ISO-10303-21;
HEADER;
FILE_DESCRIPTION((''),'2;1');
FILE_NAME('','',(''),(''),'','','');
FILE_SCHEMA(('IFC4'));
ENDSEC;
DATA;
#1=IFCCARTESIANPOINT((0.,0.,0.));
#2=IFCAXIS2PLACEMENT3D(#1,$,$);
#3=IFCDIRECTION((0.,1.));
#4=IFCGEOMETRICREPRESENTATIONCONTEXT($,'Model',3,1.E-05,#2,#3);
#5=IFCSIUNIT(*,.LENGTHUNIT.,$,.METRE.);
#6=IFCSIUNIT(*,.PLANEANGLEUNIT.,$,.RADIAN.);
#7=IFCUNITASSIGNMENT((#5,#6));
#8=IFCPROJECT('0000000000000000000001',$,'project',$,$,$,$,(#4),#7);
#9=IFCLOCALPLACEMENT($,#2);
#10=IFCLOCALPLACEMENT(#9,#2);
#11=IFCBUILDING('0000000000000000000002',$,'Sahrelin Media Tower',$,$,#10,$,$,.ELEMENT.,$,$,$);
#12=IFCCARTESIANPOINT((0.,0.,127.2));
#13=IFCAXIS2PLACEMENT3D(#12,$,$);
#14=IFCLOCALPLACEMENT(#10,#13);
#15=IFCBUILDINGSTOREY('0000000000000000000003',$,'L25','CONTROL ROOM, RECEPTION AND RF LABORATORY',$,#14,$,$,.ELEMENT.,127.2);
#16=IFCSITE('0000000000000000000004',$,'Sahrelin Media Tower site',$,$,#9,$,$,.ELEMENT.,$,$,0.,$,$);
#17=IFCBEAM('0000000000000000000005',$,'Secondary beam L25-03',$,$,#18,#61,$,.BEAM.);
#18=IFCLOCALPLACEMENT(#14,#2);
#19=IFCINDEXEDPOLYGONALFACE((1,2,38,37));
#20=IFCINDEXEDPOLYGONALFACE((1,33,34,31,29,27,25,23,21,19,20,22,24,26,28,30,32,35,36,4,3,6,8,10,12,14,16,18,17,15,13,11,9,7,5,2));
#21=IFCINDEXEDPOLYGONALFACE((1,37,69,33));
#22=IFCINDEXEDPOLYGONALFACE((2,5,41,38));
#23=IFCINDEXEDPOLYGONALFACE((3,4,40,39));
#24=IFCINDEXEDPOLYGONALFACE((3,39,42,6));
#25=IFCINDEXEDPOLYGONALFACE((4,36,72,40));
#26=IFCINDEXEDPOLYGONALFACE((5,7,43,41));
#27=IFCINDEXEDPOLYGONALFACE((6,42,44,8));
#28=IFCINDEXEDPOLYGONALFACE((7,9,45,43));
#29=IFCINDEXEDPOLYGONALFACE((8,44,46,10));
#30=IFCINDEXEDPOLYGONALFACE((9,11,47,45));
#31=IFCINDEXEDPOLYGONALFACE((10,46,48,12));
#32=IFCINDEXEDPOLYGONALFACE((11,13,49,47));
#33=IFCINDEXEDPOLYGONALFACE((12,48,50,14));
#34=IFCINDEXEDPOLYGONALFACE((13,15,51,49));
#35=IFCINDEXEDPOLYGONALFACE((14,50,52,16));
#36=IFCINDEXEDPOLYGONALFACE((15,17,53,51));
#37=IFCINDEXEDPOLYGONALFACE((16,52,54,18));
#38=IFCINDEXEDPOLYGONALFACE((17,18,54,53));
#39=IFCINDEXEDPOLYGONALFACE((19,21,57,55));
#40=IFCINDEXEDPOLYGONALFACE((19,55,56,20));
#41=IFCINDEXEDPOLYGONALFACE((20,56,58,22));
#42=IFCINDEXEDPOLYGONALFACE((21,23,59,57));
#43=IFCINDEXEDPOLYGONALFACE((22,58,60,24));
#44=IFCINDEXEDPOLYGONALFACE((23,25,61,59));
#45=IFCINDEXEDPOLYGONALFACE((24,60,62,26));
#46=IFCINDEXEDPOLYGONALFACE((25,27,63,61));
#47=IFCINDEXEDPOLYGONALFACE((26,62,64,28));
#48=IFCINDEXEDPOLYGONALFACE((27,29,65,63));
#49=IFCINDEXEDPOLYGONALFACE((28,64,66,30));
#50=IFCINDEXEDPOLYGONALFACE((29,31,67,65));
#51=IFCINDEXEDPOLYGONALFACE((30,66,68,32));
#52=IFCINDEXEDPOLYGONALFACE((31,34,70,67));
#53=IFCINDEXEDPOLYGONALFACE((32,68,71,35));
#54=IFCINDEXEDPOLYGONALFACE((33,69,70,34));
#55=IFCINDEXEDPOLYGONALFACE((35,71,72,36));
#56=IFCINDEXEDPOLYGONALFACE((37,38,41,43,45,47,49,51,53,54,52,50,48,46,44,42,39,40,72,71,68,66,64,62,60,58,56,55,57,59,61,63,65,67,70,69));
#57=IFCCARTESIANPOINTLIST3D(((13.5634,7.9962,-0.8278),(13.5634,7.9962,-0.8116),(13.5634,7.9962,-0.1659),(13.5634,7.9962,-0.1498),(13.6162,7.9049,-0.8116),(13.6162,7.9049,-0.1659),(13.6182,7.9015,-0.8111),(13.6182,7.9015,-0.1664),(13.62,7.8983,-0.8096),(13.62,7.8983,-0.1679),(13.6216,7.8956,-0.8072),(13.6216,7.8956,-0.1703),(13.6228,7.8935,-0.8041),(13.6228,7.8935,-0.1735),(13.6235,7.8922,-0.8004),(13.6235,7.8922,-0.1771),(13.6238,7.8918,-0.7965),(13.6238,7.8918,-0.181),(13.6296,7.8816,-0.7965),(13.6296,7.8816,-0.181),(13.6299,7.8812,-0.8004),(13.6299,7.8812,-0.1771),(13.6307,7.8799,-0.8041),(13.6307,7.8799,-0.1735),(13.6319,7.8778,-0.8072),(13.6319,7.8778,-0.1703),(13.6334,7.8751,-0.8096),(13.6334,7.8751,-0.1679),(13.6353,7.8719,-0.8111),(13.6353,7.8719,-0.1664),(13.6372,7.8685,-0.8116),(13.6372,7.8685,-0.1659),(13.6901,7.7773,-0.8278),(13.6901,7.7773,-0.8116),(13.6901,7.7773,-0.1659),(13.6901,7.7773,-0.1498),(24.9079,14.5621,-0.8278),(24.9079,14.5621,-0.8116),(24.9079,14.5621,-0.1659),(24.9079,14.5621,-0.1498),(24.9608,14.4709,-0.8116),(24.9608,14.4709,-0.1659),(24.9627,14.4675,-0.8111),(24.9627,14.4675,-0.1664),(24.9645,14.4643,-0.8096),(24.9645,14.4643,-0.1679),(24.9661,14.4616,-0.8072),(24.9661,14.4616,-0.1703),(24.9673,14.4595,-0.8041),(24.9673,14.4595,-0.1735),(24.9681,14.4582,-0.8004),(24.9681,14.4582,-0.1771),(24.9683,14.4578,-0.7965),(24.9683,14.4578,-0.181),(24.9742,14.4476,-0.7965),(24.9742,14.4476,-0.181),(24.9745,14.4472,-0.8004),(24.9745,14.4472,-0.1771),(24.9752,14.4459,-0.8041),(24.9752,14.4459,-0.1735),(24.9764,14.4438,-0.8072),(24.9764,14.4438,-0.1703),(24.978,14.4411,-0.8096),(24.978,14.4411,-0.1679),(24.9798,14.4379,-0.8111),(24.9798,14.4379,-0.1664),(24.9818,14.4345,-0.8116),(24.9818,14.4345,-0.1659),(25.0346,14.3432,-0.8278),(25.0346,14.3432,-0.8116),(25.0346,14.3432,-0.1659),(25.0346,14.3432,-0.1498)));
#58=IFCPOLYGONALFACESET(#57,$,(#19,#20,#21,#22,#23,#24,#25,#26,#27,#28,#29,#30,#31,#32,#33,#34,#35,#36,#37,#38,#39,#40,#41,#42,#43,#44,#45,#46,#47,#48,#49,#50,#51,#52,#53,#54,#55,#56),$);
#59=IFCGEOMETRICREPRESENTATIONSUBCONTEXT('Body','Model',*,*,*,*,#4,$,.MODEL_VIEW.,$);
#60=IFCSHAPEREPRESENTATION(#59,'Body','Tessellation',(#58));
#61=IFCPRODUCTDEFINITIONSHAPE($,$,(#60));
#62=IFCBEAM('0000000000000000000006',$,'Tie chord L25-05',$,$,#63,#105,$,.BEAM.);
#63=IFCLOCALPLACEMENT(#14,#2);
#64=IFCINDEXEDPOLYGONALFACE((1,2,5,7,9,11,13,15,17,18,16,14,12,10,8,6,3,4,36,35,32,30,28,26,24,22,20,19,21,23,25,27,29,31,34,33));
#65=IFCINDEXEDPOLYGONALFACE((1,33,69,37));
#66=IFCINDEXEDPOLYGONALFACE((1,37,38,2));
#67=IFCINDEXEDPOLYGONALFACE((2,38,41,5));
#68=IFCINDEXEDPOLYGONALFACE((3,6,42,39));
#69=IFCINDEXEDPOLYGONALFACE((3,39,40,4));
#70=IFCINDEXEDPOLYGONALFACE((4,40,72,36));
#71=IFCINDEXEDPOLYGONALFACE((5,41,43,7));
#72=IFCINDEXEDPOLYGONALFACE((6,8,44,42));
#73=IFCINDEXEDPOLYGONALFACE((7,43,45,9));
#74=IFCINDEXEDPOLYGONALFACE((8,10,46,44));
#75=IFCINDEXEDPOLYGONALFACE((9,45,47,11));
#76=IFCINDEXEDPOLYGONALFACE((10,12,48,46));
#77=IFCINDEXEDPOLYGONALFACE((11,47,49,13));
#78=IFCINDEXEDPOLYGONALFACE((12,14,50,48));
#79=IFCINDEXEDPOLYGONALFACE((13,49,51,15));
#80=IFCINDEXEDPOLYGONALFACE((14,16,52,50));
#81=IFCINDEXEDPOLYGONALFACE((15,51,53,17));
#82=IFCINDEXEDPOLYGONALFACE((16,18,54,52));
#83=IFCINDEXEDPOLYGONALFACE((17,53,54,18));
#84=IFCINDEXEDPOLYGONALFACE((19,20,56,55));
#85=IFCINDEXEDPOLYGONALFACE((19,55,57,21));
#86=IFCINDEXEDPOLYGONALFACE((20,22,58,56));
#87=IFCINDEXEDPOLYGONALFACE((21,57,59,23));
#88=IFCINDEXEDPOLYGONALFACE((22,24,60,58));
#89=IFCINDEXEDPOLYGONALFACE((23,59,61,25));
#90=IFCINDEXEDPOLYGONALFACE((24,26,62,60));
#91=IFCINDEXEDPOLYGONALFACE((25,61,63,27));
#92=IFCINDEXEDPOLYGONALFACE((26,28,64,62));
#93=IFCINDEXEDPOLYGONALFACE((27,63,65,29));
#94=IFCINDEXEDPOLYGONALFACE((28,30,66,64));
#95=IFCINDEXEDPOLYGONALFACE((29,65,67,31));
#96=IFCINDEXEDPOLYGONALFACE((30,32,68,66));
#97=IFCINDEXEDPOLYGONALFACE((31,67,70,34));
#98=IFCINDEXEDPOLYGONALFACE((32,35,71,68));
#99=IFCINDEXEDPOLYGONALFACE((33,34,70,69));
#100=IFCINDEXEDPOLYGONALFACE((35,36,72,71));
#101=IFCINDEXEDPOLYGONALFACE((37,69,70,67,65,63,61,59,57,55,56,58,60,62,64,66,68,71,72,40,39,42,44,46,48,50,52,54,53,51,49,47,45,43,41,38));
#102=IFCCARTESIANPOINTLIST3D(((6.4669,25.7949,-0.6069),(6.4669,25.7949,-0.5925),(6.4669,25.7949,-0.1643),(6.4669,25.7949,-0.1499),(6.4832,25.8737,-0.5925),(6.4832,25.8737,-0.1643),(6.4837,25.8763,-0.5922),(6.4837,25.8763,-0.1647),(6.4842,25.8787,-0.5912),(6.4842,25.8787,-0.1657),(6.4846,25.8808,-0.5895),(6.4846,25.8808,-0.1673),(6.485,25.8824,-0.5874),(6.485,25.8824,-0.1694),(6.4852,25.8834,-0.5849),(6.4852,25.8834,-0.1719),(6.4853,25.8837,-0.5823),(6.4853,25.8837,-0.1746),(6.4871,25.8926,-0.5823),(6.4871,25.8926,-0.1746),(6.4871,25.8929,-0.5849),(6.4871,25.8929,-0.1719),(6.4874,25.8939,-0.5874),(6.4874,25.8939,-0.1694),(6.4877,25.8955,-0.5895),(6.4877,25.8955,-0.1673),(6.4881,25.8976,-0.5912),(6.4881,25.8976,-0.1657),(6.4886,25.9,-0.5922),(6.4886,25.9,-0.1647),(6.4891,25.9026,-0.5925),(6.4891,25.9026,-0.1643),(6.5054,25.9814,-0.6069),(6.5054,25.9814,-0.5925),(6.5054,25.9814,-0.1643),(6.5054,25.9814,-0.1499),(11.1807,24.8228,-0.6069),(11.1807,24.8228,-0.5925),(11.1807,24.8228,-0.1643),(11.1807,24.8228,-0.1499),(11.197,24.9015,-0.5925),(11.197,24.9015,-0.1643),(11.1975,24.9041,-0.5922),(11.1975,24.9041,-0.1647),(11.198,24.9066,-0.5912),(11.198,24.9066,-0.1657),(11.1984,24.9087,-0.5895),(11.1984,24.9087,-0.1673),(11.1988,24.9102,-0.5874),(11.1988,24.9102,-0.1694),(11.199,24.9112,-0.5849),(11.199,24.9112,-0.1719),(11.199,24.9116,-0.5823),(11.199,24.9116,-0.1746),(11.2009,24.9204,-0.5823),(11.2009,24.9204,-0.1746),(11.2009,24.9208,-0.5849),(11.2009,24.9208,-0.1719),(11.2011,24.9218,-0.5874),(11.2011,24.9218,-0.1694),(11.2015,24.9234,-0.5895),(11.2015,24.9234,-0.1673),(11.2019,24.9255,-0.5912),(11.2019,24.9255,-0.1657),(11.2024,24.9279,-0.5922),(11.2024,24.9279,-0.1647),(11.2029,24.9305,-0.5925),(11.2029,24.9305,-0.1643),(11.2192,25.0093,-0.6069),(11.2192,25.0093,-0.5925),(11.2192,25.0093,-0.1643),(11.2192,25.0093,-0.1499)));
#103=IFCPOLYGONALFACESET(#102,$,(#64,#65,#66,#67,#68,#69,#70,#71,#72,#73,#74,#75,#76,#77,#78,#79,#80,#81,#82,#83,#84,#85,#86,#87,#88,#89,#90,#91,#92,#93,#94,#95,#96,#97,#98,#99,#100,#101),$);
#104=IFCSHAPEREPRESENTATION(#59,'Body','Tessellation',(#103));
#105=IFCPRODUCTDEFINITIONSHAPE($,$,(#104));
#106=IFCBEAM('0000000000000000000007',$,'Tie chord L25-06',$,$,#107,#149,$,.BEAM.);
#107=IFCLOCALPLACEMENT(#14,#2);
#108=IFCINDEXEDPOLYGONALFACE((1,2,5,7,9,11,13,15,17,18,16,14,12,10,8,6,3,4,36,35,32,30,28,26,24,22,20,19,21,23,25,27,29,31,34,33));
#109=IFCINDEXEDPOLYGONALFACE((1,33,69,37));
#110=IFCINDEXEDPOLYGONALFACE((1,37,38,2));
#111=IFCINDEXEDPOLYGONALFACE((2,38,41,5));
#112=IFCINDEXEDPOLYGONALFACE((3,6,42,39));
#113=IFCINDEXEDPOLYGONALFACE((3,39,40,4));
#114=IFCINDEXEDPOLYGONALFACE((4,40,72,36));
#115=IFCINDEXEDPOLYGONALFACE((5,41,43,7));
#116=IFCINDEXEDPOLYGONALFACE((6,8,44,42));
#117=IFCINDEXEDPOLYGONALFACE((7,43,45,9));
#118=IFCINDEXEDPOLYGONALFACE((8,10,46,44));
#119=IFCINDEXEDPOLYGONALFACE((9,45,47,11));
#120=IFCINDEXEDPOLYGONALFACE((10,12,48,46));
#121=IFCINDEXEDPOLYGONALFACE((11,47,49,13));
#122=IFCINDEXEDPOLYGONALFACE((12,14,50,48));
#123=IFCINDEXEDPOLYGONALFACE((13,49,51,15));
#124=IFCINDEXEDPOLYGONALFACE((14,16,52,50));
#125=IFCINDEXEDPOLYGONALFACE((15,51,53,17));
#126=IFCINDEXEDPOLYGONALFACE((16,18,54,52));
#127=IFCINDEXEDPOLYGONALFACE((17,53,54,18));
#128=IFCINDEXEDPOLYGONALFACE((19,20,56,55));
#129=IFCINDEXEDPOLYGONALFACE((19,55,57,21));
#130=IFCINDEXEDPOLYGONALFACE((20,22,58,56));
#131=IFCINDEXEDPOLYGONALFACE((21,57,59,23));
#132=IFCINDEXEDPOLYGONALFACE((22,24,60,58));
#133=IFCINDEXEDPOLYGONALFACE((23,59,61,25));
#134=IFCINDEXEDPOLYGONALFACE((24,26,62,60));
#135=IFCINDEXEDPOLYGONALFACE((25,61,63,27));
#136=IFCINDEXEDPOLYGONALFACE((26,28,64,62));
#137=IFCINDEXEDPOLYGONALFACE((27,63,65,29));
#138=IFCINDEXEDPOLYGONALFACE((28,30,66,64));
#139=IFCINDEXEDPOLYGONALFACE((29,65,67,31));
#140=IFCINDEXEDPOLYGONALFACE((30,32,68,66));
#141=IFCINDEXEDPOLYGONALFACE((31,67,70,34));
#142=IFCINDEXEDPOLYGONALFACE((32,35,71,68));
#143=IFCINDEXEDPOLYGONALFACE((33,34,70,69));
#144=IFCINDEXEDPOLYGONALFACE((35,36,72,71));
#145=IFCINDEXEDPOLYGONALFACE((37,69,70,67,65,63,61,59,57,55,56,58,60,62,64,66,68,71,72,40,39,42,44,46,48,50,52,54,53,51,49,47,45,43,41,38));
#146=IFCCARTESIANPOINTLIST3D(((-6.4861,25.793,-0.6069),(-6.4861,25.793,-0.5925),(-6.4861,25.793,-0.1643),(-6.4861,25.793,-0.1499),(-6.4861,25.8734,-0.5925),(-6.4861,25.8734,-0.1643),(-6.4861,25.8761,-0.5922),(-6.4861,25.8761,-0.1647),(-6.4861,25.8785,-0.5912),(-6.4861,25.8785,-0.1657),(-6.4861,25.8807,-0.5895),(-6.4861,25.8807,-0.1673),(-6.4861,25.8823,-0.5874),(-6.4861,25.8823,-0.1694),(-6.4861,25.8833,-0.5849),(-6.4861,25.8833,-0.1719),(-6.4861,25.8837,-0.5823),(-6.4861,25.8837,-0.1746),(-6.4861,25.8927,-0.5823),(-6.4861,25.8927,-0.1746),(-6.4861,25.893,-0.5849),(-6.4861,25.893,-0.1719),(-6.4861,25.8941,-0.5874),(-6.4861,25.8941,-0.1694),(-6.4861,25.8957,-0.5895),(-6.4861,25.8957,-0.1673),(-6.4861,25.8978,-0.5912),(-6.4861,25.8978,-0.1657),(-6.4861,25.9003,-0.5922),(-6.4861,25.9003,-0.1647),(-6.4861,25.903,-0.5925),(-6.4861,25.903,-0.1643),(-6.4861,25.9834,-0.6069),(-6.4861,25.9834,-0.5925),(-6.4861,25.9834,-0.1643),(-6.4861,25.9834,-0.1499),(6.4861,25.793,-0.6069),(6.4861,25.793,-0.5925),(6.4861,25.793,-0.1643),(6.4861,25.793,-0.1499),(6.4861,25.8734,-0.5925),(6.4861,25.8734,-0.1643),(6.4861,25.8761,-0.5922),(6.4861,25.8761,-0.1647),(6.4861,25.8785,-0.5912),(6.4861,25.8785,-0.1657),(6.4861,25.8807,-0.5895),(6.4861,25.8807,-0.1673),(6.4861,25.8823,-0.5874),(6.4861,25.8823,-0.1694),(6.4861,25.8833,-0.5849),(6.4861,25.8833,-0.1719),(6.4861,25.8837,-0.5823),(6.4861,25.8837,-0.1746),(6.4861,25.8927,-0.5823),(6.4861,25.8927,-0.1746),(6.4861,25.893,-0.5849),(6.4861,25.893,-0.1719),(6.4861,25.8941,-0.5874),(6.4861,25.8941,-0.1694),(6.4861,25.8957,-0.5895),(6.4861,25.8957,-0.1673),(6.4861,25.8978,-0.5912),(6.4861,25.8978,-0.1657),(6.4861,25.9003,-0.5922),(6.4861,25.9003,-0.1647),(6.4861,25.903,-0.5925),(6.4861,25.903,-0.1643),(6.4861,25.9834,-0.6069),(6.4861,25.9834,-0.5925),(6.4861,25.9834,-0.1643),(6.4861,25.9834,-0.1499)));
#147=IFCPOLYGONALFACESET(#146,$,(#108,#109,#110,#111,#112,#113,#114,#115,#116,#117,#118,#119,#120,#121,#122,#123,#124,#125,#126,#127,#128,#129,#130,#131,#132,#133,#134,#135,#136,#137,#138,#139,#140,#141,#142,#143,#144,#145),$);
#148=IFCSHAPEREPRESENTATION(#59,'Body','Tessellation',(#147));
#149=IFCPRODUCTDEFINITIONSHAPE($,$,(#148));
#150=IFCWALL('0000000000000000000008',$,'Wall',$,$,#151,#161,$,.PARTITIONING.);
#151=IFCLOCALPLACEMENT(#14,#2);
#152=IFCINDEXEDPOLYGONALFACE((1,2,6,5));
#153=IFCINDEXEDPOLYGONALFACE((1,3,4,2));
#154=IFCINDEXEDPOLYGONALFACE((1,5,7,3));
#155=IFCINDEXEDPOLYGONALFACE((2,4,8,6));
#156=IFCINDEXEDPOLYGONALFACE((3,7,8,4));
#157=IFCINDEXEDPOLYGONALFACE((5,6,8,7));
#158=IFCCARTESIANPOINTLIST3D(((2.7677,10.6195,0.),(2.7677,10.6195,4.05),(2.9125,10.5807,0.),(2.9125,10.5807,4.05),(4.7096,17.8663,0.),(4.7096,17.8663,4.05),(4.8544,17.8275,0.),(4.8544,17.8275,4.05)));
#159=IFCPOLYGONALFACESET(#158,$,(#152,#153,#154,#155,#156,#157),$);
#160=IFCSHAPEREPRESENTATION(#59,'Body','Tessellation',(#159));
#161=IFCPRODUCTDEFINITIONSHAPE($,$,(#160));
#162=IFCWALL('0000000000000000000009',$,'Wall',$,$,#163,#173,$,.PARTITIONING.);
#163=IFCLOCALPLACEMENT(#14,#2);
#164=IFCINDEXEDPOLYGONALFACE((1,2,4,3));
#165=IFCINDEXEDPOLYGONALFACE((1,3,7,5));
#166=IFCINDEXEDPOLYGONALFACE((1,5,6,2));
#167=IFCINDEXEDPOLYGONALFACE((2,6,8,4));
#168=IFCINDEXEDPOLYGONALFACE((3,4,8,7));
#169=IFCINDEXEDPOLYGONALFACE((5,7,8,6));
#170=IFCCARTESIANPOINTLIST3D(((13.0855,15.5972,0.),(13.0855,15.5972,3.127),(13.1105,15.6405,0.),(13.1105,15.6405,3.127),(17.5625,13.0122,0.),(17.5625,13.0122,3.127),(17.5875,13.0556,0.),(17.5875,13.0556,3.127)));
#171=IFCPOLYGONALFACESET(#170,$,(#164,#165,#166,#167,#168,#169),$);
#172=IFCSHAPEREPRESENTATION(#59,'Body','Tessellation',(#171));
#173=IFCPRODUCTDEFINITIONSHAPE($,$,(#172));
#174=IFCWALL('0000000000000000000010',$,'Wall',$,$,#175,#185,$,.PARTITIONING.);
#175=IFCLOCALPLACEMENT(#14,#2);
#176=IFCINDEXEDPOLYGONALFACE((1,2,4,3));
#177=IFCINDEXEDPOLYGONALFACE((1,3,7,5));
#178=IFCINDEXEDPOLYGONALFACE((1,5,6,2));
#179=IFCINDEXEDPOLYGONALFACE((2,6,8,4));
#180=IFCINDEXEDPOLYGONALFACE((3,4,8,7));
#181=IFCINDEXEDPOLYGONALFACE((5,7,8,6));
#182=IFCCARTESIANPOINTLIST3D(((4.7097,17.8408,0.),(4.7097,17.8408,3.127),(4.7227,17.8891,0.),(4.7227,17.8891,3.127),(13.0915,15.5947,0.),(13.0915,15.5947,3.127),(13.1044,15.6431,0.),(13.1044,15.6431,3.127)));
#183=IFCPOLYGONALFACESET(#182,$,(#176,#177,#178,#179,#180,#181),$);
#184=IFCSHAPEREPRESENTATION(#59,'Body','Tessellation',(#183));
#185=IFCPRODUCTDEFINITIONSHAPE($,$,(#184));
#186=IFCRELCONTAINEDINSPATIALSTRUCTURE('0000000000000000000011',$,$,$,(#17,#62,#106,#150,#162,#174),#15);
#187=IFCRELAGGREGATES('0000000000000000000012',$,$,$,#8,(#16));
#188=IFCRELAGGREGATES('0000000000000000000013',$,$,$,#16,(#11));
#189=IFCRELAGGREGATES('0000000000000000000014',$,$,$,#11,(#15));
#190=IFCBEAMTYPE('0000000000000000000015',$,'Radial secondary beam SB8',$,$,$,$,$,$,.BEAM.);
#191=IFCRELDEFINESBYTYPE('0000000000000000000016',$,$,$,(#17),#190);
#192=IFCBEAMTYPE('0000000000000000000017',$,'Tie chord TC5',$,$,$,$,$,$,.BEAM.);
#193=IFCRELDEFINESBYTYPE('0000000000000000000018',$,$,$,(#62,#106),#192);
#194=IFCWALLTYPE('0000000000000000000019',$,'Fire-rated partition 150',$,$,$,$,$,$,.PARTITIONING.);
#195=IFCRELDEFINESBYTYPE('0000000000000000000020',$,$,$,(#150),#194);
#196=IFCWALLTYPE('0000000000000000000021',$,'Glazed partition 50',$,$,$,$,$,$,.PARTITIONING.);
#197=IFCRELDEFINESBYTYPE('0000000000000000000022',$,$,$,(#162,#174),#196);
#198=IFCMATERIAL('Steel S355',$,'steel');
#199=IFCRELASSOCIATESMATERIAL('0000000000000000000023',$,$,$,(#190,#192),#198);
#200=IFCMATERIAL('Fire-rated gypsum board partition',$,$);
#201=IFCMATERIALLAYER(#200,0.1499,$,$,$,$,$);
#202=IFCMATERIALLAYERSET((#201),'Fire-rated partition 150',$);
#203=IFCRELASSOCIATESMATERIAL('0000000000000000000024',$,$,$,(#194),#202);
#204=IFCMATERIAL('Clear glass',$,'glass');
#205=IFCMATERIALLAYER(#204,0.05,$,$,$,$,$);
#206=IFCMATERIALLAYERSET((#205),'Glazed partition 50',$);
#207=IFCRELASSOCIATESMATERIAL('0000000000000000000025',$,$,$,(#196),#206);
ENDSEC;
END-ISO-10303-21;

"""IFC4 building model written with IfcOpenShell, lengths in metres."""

from ifc_helpers import new_model, si_unit, direction, frame, frame_2d, origin, origin_2d, place, context, subcontext, project, spatial, rectangle, i_section, extrude, material, layer, layer_set, material_profile, profile_set, type_object, element, save


model = new_model("IFC4")

# Units and contexts
model_context = context("Model", 3, precision=1e-05, world=origin(), true_north=direction((0.0, 1.0)))
body_context = subcontext(model_context, "Body", "Model", "MODEL_VIEW")
ifc_project = project(units=[si_unit("LENGTHUNIT", "METRE"), si_unit("PLANEANGLEUNIT", "RADIAN")], contexts=[model_context])

# Site, building, storey
site_placement = place(None, origin())
site = spatial("IfcSite", under=ifc_project, at=site_placement, Name="Sahrelin Media Tower site", CompositionType="ELEMENT", RefElevation=0.0)
building_placement = place(site_placement, origin())
building = spatial("IfcBuilding", under=site, at=building_placement, Name="Sahrelin Media Tower", CompositionType="ELEMENT")
storey_placement = place(building_placement, frame((0.0, 0.0, 127.2)))
storey = spatial("IfcBuildingStorey", under=building, at=storey_placement, Name="L25", Description="CONTROL ROOM, RECEPTION AND RF LABORATORY", CompositionType="ELEMENT", Elevation=127.2)

# Beams
ifc_material_1 = material(Name="Steel S355", Category="steel")
ifc_material_profile_1 = material_profile(ifc_material_1, i_section(OverallWidth=0.2529, OverallDepth=0.678, WebThickness=0.0117, FlangeThickness=0.0161, FilletRadius=0.0151, at=origin_2d()), Name="UB 686x254x125")
ifc_profile_set_1 = profile_set([ifc_material_profile_1], Name="Steel S355")
beam_type_1 = type_object("IfcBeamType", Name="Radial secondary beam SB8", PredefinedType="BEAM", material=ifc_profile_set_1)
beam_1_placement = place(storey_placement, frame((13.6267, 7.8867, -0.4888), z_axis=(0.86549, 0.500925, 0.0), x_axis=(-0.500925, 0.86549, 0.0)))
element("IfcBeam", 1, at=beam_1_placement, inside=storey, type_object=beam_type_1, Name="Secondary beam L25-03", PredefinedType="BEAM", context=body_context, shape_type="SweptSolid", body=[
    extrude(i_section(OverallWidth=0.2529, OverallDepth=0.678, WebThickness=0.0117, FlangeThickness=0.0161, FilletRadius=0.0151, at=origin_2d()), origin(), (0.0, 0.0, 1.0), 13.1077),
])
ifc_material_profile_2 = material_profile(ifc_material_1, i_section(OverallWidth=0.1904, OverallDepth=0.457, WebThickness=0.009, FlangeThickness=0.0144, FilletRadius=0.0103, at=origin_2d()), Name="UB 457x191x74")
ifc_profile_set_2 = profile_set([ifc_material_profile_2], Name="Steel S355")
beam_type_2 = type_object("IfcBeamType", Name="Tie chord TC5", PredefinedType="BEAM", material=ifc_profile_set_2)
beam_2_placement = place(storey_placement, frame((11.2, 24.916, -0.3784), z_axis=(-0.979389, 0.201985, 0.0), x_axis=(-0.201985, -0.979389, 0.0)))
element("IfcBeam", 2, at=beam_2_placement, inside=storey, type_object=beam_type_2, Name="Tie chord L25-05", PredefinedType="BEAM", context=body_context, shape_type="SweptSolid", body=[
    extrude(i_section(OverallWidth=0.1904, OverallDepth=0.457, WebThickness=0.009, FlangeThickness=0.0144, FilletRadius=0.0103, at=origin_2d()), origin(), (0.0, 0.0, 1.0), 4.813),
])
beam_3_placement = place(storey_placement, frame((6.4861, 25.8882, -0.3784), z_axis=(-1.0, 0.0, 0.0), x_axis=(0.0, -1.0, 0.0)))
element("IfcBeam", 3, at=beam_3_placement, inside=storey, type_object=beam_type_2, Name="Tie chord L25-06", PredefinedType="BEAM", context=body_context, shape_type="SweptSolid", body=[
    extrude(i_section(OverallWidth=0.1904, OverallDepth=0.457, WebThickness=0.009, FlangeThickness=0.0144, FilletRadius=0.0103, at=origin_2d()), origin(), (0.0, 0.0, 1.0), 12.9722),
])

# Walls
ifc_material_2 = material(Name="Fire-rated gypsum board partition")
ifc_layer_1 = layer(ifc_material_2, 0.1499)
ifc_layer_set_1 = layer_set([ifc_layer_1], Name="Fire-rated partition 150")
wall_type_1 = type_object("IfcWallType", Name="Fire-rated partition 150", PredefinedType="PARTITIONING", material=ifc_layer_set_1)
wall_1_placement = place(storey_placement, frame((2.8401, 10.6001, 0.0), z_axis=(0.0, 0.0, 1.0), x_axis=(0.258833, 0.965922, 0.0)))
element("IfcWall", 4, at=wall_1_placement, inside=storey, type_object=wall_type_1, Name="Wall", PredefinedType="PARTITIONING", context=body_context, shape_type="SweptSolid", body=[
    extrude(rectangle(XDim=7.5024, YDim=0.1499, at=frame_2d((3.7512, 0.0))), origin(), (0.0, 0.0, 1.0), 4.05),
])
ifc_material_3 = material(Name="Clear glass", Category="glass")
ifc_layer_2 = layer(ifc_material_3, 0.05)
ifc_layer_set_2 = layer_set([ifc_layer_2], Name="Glazed partition 50")
wall_type_2 = type_object("IfcWallType", Name="Glazed partition 50", PredefinedType="PARTITIONING", material=ifc_layer_set_2)
wall_2_placement = place(storey_placement, frame((13.0979, 15.6189, 0.0), z_axis=(0.0, 0.0, 1.0), x_axis=(0.866014, -0.50002, 0.0)))
element("IfcWall", 5, at=wall_2_placement, inside=storey, type_object=wall_type_2, Name="Wall", PredefinedType="PARTITIONING", context=body_context, shape_type="SweptSolid", body=[
    extrude(rectangle(XDim=5.1697, YDim=0.05, at=frame_2d((2.585, 0.0))), origin(), (0.0, 0.0, 1.0), 3.127),
])
wall_3_placement = place(storey_placement, frame((4.7161, 17.865, 0.0), z_axis=(0.0, 0.0, 1.0), x_axis=(0.96592, -0.258839, 0.0)))
element("IfcWall", 6, at=wall_3_placement, inside=storey, type_object=wall_type_2, Name="Wall", PredefinedType="PARTITIONING", context=body_context, shape_type="SweptSolid", body=[
    extrude(rectangle(XDim=8.6775, YDim=0.05, at=frame_2d((4.3389, 0.0))), origin(), (0.0, 0.0, 1.0), 3.127),
])

save(model, "model.ifc")
